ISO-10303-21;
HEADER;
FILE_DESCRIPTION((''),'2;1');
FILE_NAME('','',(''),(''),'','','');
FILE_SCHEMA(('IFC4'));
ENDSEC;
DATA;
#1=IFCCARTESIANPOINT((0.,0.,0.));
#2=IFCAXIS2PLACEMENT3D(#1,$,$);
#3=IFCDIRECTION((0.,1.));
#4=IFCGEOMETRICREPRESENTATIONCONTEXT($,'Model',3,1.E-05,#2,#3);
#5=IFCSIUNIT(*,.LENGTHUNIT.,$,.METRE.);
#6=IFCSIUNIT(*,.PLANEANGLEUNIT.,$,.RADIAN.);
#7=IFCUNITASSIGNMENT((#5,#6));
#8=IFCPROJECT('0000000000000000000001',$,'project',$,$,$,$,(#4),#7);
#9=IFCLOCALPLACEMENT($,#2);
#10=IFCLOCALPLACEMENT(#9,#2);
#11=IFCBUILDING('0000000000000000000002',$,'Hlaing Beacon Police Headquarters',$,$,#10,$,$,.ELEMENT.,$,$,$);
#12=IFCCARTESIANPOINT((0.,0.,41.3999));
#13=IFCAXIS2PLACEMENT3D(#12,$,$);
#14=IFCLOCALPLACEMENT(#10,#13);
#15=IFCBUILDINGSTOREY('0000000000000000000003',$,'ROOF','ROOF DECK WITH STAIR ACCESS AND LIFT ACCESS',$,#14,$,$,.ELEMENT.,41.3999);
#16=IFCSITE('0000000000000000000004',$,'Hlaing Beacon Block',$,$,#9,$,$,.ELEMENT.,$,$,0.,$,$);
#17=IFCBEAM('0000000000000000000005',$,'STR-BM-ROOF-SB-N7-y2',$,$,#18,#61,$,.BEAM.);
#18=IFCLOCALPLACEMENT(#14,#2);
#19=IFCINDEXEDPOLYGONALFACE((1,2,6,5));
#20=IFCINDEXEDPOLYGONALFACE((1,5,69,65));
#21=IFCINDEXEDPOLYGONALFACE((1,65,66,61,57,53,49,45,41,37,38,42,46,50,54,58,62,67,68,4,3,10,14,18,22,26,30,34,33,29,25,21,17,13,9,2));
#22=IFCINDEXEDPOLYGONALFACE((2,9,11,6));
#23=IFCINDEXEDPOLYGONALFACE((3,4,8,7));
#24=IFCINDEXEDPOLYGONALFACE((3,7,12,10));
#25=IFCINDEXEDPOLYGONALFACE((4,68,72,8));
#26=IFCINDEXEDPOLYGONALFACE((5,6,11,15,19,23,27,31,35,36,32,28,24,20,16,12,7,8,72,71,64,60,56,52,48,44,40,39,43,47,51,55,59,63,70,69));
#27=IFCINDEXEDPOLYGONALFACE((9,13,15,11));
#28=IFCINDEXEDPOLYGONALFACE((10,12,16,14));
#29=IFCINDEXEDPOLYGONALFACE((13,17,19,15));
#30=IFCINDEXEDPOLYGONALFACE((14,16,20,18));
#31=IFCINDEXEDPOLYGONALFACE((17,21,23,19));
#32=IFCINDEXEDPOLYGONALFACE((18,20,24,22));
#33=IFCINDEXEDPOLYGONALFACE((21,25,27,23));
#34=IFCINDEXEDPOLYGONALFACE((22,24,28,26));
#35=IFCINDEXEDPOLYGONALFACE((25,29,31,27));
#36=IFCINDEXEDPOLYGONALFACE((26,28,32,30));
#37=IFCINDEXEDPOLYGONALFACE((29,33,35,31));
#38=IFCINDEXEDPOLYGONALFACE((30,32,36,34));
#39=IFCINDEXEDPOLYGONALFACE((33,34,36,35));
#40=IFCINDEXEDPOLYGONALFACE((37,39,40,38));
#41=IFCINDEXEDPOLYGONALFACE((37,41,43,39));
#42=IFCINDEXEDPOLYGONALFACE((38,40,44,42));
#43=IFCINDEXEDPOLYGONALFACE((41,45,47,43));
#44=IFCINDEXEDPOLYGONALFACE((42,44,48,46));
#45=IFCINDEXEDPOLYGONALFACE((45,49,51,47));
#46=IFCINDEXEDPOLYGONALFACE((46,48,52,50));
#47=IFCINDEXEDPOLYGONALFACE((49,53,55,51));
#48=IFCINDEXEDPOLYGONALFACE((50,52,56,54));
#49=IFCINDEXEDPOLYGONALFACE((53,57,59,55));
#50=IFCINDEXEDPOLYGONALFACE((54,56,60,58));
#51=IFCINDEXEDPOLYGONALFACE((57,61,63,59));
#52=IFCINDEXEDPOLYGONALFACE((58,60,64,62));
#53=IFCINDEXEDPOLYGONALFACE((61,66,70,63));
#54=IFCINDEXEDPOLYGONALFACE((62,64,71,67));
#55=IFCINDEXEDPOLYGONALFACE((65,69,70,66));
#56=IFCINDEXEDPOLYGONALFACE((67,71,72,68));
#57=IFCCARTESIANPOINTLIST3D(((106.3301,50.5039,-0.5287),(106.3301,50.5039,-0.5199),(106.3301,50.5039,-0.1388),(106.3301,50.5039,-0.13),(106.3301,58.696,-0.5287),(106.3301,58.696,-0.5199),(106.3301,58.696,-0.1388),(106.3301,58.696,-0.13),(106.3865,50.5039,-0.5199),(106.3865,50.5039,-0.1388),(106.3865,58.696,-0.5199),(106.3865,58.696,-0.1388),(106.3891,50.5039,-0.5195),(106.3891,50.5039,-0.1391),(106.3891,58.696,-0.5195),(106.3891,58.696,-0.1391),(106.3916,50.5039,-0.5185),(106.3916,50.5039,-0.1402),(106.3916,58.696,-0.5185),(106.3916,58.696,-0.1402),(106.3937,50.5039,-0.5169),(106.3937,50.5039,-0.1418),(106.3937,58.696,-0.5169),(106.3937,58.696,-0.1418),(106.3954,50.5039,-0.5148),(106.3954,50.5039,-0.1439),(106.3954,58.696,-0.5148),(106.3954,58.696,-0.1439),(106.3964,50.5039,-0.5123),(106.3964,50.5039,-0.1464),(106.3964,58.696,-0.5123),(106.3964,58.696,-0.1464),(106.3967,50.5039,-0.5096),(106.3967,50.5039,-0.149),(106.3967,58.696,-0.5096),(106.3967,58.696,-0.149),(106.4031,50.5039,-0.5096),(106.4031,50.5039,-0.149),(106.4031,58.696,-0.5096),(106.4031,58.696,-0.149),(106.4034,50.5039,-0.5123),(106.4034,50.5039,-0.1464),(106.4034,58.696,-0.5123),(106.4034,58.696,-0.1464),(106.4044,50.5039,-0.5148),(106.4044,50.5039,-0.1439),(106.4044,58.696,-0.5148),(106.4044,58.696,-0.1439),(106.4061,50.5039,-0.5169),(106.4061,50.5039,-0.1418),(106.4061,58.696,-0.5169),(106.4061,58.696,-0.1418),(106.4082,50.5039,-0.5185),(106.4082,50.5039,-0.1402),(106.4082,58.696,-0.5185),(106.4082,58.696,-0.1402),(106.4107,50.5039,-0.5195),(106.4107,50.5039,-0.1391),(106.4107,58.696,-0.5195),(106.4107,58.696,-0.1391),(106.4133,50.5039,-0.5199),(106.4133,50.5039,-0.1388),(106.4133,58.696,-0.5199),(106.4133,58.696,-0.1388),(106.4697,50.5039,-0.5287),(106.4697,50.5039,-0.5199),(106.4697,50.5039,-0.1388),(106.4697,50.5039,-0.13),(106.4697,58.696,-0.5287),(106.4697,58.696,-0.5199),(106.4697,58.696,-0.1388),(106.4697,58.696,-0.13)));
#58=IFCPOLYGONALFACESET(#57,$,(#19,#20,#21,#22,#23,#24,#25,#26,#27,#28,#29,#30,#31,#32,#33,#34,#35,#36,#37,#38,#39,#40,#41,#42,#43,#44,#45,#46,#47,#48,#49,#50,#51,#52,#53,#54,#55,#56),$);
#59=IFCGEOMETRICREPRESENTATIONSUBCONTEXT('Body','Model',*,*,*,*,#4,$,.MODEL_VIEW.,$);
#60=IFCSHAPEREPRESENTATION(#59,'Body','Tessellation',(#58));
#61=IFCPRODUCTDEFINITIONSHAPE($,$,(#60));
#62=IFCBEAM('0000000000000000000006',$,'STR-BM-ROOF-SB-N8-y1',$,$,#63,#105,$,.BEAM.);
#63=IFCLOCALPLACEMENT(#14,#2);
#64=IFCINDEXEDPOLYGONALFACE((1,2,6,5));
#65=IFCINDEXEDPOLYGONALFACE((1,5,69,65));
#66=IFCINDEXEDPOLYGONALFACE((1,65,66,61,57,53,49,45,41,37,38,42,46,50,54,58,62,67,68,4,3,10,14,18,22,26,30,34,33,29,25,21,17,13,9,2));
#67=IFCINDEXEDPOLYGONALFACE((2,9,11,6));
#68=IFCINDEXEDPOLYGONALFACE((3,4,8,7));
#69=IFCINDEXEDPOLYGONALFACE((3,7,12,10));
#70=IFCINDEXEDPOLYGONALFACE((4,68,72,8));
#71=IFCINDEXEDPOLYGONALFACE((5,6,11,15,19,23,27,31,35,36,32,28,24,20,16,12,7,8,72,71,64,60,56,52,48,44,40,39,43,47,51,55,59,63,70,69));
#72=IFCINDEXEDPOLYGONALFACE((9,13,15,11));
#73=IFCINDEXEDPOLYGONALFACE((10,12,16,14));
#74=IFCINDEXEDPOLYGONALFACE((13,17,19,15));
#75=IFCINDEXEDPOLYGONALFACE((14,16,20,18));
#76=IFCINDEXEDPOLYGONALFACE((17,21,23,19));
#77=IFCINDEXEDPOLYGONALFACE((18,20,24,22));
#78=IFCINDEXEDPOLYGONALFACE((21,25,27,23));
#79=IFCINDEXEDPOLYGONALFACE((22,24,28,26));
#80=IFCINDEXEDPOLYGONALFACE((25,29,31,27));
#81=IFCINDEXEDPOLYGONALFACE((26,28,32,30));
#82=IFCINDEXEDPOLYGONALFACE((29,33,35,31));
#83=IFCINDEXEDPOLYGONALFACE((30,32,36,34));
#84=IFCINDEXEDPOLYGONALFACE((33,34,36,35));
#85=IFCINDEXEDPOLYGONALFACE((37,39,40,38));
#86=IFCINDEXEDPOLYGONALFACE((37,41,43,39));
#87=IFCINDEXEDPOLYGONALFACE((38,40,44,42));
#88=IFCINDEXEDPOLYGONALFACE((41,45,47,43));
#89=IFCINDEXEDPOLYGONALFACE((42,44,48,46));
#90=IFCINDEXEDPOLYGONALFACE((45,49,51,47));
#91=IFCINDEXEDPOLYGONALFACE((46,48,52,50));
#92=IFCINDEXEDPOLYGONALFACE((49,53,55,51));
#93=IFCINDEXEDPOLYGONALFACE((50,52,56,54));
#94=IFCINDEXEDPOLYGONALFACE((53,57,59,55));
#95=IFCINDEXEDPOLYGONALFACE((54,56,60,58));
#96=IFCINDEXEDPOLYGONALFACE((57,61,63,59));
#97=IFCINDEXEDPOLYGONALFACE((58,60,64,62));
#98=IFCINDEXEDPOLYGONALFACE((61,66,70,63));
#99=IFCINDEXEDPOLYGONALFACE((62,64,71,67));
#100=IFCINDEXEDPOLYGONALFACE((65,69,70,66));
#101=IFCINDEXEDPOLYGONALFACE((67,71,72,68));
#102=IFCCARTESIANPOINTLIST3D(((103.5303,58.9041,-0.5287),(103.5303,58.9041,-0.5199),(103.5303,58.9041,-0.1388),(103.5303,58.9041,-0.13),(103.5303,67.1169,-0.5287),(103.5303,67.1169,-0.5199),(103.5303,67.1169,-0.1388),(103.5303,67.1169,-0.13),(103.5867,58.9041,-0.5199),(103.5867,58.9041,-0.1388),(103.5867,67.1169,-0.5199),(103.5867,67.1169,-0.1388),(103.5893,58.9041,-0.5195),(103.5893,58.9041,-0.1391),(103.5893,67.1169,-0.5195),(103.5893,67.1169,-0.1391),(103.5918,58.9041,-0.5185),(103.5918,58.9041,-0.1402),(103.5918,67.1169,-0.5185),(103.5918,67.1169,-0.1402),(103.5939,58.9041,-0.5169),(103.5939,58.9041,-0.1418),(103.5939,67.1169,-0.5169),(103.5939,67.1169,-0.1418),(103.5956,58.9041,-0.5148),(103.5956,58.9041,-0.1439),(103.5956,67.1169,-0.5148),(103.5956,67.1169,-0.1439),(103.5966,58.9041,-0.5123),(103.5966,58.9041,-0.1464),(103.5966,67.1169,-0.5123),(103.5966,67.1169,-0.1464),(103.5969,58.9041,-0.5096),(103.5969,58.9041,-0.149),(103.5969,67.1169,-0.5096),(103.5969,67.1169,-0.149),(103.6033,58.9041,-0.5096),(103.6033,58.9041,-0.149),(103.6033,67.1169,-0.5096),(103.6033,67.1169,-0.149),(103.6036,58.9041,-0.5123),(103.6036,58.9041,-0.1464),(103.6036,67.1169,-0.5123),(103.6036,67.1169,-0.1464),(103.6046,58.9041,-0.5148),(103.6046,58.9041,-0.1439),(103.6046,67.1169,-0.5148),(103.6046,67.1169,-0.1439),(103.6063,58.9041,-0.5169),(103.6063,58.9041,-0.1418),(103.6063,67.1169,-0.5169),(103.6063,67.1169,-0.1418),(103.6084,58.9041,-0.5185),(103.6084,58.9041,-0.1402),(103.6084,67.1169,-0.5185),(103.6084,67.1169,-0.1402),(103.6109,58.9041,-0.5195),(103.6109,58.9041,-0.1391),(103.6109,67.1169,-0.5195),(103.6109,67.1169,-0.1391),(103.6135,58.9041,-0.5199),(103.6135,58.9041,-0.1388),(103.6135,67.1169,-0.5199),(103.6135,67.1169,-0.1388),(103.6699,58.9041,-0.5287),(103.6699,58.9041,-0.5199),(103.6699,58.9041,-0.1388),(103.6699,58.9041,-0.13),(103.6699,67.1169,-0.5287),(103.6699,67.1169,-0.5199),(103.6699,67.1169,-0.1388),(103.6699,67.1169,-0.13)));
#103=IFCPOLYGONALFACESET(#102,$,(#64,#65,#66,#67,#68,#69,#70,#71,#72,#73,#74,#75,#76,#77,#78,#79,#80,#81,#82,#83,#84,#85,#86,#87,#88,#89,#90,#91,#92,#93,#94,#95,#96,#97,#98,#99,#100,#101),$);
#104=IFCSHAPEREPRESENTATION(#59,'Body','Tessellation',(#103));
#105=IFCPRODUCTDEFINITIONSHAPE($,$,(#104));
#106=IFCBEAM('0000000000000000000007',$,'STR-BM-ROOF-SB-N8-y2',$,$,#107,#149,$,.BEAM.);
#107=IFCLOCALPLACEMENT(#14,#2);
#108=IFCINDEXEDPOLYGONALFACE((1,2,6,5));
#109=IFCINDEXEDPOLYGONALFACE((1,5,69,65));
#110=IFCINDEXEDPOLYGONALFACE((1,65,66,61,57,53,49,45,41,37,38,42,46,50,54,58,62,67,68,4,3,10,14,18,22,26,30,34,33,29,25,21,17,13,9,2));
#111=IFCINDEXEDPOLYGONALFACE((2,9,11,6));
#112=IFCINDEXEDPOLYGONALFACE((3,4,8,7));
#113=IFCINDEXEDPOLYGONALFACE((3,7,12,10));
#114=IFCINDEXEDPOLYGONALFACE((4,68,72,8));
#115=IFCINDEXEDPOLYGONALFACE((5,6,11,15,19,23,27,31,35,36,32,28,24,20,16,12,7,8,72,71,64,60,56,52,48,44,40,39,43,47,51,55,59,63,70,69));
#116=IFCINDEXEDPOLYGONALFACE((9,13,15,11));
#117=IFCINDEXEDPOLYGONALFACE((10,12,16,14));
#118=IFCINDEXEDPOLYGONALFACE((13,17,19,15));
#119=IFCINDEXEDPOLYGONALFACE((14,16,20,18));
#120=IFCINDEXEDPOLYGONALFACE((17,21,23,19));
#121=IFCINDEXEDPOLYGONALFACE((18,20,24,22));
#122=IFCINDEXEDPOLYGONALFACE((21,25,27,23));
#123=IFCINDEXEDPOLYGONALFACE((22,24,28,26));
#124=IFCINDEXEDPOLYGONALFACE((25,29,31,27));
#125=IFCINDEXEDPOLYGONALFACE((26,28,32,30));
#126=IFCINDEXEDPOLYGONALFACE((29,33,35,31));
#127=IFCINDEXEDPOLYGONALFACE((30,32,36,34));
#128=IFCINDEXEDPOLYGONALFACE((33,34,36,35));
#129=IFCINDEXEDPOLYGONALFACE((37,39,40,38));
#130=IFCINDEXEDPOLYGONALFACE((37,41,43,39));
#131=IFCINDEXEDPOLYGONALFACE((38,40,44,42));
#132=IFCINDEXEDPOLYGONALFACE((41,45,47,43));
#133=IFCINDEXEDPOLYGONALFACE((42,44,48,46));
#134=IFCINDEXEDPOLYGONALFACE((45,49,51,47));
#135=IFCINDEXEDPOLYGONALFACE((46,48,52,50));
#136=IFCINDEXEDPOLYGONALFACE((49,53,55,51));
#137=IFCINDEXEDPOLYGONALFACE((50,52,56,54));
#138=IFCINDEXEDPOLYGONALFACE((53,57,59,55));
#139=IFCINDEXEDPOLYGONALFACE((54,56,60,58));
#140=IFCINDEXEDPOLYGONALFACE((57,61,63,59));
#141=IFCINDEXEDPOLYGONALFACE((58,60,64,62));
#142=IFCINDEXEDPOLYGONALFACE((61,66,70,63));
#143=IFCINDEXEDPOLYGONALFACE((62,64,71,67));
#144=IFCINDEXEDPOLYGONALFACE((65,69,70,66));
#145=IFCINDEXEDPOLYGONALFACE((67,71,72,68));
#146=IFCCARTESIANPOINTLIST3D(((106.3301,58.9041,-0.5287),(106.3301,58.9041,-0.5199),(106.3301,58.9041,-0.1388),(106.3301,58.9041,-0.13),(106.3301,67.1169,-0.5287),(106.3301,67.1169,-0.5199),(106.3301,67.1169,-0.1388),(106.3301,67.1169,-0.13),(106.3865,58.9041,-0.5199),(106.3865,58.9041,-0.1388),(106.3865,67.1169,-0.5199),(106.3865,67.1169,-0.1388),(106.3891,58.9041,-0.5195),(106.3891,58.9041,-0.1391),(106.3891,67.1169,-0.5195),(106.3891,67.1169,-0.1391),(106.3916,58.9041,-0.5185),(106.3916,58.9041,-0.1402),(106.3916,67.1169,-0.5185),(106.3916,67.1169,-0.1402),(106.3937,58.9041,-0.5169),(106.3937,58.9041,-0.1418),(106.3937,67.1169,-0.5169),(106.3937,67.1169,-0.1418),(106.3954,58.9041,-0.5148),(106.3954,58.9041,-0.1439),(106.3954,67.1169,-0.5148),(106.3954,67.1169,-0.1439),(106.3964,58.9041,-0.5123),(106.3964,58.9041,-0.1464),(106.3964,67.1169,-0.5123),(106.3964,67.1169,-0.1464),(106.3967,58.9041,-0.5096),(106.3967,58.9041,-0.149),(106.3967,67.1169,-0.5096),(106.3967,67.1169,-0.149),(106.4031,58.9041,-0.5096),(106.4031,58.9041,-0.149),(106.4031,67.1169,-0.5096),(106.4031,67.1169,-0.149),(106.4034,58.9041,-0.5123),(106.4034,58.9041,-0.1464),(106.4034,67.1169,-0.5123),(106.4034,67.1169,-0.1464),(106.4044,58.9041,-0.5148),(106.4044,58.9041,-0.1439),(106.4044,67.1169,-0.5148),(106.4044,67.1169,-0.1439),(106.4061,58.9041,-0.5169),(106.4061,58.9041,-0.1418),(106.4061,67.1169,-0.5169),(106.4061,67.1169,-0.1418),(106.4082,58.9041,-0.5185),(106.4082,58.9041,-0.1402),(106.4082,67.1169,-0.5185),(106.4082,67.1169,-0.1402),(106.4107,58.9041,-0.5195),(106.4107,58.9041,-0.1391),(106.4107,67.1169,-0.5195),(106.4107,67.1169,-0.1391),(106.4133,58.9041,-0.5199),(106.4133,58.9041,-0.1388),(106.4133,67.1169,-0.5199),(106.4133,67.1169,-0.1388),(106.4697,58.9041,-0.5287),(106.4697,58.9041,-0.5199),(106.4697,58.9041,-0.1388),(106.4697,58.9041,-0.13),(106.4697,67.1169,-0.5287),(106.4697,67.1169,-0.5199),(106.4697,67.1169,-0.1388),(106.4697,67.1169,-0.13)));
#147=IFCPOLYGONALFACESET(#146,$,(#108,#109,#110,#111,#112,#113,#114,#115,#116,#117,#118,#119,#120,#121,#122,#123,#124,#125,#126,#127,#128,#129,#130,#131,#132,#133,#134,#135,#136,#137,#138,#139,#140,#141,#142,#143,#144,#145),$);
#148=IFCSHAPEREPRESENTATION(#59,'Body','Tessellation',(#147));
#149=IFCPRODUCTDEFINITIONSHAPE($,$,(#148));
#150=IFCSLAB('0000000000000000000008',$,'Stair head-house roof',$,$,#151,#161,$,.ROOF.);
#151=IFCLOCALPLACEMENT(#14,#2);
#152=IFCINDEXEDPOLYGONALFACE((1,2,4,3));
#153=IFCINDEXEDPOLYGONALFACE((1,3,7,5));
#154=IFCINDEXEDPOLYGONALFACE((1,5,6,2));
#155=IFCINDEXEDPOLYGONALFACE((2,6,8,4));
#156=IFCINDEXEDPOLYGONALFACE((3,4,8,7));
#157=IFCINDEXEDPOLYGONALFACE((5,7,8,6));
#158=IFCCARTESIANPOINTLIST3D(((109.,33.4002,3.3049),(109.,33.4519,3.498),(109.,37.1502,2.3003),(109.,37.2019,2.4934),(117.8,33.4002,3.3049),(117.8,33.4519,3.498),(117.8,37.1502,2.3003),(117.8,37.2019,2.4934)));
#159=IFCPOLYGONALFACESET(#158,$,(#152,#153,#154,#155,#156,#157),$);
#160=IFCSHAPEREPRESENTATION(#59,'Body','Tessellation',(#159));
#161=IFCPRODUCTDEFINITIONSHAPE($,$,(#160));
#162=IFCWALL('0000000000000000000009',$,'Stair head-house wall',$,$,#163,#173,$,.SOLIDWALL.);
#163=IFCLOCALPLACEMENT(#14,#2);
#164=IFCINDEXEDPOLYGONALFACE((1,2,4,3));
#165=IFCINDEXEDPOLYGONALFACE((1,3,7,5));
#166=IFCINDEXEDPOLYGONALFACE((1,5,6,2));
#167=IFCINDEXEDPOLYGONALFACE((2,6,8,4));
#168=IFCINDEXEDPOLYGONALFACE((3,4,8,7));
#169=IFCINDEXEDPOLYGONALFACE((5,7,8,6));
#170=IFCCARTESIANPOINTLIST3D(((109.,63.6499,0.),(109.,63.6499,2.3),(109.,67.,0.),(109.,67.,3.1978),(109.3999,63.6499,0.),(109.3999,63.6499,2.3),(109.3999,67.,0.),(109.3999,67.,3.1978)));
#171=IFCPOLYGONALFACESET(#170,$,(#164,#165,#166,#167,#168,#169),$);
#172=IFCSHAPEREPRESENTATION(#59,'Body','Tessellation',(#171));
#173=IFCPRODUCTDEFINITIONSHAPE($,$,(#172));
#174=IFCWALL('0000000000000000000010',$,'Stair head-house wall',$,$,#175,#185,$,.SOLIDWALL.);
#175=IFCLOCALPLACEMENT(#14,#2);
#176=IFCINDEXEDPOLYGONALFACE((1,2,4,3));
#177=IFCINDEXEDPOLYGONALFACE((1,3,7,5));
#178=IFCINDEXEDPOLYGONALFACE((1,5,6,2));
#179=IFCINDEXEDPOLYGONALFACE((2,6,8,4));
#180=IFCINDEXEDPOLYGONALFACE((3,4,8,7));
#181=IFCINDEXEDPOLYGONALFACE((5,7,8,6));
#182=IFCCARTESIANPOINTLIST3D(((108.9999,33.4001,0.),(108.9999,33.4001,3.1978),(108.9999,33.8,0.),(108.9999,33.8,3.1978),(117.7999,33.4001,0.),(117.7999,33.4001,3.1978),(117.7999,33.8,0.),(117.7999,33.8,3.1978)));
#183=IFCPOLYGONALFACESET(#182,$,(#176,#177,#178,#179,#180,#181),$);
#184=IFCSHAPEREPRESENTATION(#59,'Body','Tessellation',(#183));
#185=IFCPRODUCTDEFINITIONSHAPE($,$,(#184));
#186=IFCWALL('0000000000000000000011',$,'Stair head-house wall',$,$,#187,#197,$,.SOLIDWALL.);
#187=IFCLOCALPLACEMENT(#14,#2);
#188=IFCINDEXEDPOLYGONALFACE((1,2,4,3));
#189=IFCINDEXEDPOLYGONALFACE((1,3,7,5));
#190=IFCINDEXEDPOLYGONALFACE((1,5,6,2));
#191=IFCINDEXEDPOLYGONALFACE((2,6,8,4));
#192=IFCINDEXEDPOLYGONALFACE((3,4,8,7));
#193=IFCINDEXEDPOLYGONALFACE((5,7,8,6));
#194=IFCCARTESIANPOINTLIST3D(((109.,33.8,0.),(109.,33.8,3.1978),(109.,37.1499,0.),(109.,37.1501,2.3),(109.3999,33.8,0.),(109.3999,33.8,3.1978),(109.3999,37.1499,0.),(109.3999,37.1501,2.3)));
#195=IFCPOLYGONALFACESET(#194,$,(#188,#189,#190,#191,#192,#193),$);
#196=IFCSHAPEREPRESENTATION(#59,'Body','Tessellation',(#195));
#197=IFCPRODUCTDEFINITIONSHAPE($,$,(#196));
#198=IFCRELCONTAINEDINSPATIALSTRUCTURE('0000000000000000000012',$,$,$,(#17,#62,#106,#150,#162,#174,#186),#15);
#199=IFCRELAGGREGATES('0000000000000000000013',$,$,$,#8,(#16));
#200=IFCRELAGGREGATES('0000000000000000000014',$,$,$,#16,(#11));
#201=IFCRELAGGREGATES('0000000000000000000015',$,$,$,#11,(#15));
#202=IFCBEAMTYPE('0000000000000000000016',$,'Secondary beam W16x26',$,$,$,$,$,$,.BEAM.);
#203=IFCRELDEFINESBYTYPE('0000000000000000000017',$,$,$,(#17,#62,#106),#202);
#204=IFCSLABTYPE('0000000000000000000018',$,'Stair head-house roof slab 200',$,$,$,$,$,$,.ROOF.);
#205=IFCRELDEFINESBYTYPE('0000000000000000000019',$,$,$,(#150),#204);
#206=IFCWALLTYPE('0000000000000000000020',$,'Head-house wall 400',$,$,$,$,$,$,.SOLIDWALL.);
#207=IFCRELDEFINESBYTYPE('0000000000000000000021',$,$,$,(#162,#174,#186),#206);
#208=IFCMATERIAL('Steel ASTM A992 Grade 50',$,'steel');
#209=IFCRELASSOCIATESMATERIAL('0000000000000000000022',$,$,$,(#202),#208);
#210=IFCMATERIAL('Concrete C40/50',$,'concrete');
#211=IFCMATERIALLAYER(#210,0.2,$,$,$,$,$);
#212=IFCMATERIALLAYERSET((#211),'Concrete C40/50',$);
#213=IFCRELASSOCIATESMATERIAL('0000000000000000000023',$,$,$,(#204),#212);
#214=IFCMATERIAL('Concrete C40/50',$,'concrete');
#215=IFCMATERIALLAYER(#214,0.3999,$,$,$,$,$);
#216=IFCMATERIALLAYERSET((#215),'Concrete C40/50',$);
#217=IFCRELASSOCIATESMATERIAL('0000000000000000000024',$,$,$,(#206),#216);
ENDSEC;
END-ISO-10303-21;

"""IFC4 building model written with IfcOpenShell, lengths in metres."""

from ifc_helpers import new_model, si_unit, direction, frame, frame_2d, origin, origin_2d, place, context, subcontext, project, spatial, polyline, rectangle, i_section, outline, extrude, material, layer, layer_set, material_profile, profile_set, type_object, element, save


model = new_model("IFC4")

# Units and contexts
model_context = context("Model", 3, precision=1e-05, world=origin(), true_north=direction((0.0, 1.0)))
body_context = subcontext(model_context, "Body", "Model", "MODEL_VIEW")
ifc_project = project(units=[si_unit("LENGTHUNIT", "METRE"), si_unit("PLANEANGLEUNIT", "RADIAN")], contexts=[model_context])

# Site, building, storey
site_placement = place(None, origin())
site = spatial("IfcSite", under=ifc_project, at=site_placement, Name="Hlaing Beacon Block", CompositionType="ELEMENT", RefElevation=0.0)
building_placement = place(site_placement, origin())
building = spatial("IfcBuilding", under=site, at=building_placement, Name="Hlaing Beacon Police Headquarters", CompositionType="ELEMENT")
storey_placement = place(building_placement, frame((0.0, 0.0, 41.3999)))
storey = spatial("IfcBuildingStorey", under=building, at=storey_placement, Name="ROOF", Description="ROOF DECK WITH STAIR ACCESS AND LIFT ACCESS", CompositionType="ELEMENT", Elevation=41.3999)

# Beams
ifc_material_1 = material(Name="Steel ASTM A992 Grade 50", Category="steel")
ifc_material_profile_1 = material_profile(ifc_material_1, i_section(OverallWidth=0.1396, OverallDepth=0.3987, WebThickness=0.0063, FlangeThickness=0.0088, FilletRadius=0.0103, at=origin_2d()), Name="W16x26")
ifc_profile_set_1 = profile_set([ifc_material_profile_1], Name="Steel ASTM A992 Grade 50")
beam_type_1 = type_object("IfcBeamType", Name="Secondary beam W16x26", PredefinedType="BEAM", material=ifc_profile_set_1)
for number, where, z_axis, x_axis, name in (
    (1, (106.3999, 50.5039, -0.3293), (0.0, 1.0, 0.0), (-1.0, 0.0, 0.0), "STR-BM-ROOF-SB-N7-y2"),
):
    element("IfcBeam", number, at=place(storey_placement, frame(where, z_axis=z_axis, x_axis=x_axis)), inside=storey, type_object=beam_type_1, Name=name, PredefinedType="BEAM", context=body_context, shape_type="SweptSolid", body=[
        extrude(i_section(OverallWidth=0.1396, OverallDepth=0.3987, WebThickness=0.0063, FlangeThickness=0.0088, FilletRadius=0.0103, at=origin_2d()), origin(), (0.0, 0.0, 1.0), 8.1921),
    ])
for number, where, z_axis, x_axis, name in (
    (2, (103.6001, 58.9041, -0.3293), (0.0, 1.0, 0.0), (-1.0, 0.0, 0.0), "STR-BM-ROOF-SB-N8-y1"),
    (3, (106.3999, 58.9041, -0.3293), (0.0, 1.0, 0.0), (-1.0, 0.0, 0.0), "STR-BM-ROOF-SB-N8-y2"),
):
    element("IfcBeam", number, at=place(storey_placement, frame(where, z_axis=z_axis, x_axis=x_axis)), inside=storey, type_object=beam_type_1, Name=name, PredefinedType="BEAM", context=body_context, shape_type="SweptSolid", body=[
        extrude(i_section(OverallWidth=0.1396, OverallDepth=0.3987, WebThickness=0.0063, FlangeThickness=0.0088, FilletRadius=0.0103, at=origin_2d()), origin(), (0.0, 0.0, 1.0), 8.2129),
    ])

# Slab
ifc_material_2 = material(Name="Concrete C40/50", Category="concrete")
ifc_layer_1 = layer(ifc_material_2, 0.2)
ifc_layer_set_1 = layer_set([ifc_layer_1], Name="Concrete C40/50")
slab_type = type_object("IfcSlabType", Name="Stair head-house roof slab 200", PredefinedType="ROOF", material=ifc_layer_set_1)
slab_placement = place(storey_placement, frame((109.0, 33.4519, 3.498), z_axis=(0.0, 0.258778, 0.965937), x_axis=(1.0, 0.0, 0.0)))
element("IfcSlab", 4, at=slab_placement, inside=storey, type_object=slab_type, Name="Stair head-house roof", PredefinedType="ROOF", context=body_context, shape_type="SweptSolid", body=[
    extrude(outline(polyline([(0.0, 0.0), (8.8, 0.0), (8.8, 3.8822), (0.0, 3.8822), (0.0, 0.0)])), origin(), (0.0, 0.0, -1.0), 0.2),
])

# Walls
ifc_material_3 = material(Name="Concrete C40/50", Category="concrete")
ifc_layer_2 = layer(ifc_material_3, 0.3999)
ifc_layer_set_2 = layer_set([ifc_layer_2], Name="Concrete C40/50")
wall_type_1 = type_object("IfcWallType", Name="Head-house wall 400", PredefinedType="SOLIDWALL", material=ifc_layer_set_2)
wall_1_placement = place(storey_placement, frame((109.2, 67.0, 0.0), z_axis=(0.0, 0.0, 1.0), x_axis=(0.0, -1.0, 0.0)))
element("IfcWall", 5, at=wall_1_placement, inside=storey, type_object=wall_type_1, Name="Stair head-house wall", PredefinedType="SOLIDWALL", context=body_context, shape_type="SweptSolid", body=[
    extrude(outline(polyline([(0.0, 0.0), (3.3501, 0.0), (3.3501, 2.3), (0.0, 3.1978), (0.0, 0.0)])), frame((0.0, 0.2, 0.0), z_axis=(0.0, -1.0, 0.0), x_axis=(1.0, 0.0, 0.0)), (0.0, 0.0, 1.0), 0.3999),
])
wall_2_placement = place(storey_placement, frame((109.0, 33.6001, 0.0), z_axis=(0.0, 0.0, 1.0), x_axis=(1.0, 0.0, 0.0)))
element("IfcWall", 6, at=wall_2_placement, inside=storey, type_object=wall_type_1, Name="Stair head-house wall", PredefinedType="SOLIDWALL", context=body_context, shape_type="SweptSolid", body=[
    extrude(rectangle(XDim=8.8, YDim=0.3999, at=frame_2d((4.3999, 0.0))), origin(), (0.0, 0.0, 1.0), 3.1978),
])
wall_3_placement = place(storey_placement, frame((109.2, 33.8, 0.0), z_axis=(0.0, 0.0, 1.0), x_axis=(0.0, 1.0, 0.0)))
element("IfcWall", 7, at=wall_3_placement, inside=storey, type_object=wall_type_1, Name="Stair head-house wall", PredefinedType="SOLIDWALL", context=body_context, shape_type="SweptSolid", body=[
    extrude(outline(polyline([(0.0, 0.0), (3.3499, 0.0), (3.3501, 2.3), (0.0, 3.1978), (0.0, 0.0)])), frame((0.0, 0.2, 0.0), z_axis=(0.0, -1.0, 0.0), x_axis=(1.0, 0.0, 0.0)), (0.0, 0.0, 1.0), 0.3999),
])

save(model, "model.ifc")
